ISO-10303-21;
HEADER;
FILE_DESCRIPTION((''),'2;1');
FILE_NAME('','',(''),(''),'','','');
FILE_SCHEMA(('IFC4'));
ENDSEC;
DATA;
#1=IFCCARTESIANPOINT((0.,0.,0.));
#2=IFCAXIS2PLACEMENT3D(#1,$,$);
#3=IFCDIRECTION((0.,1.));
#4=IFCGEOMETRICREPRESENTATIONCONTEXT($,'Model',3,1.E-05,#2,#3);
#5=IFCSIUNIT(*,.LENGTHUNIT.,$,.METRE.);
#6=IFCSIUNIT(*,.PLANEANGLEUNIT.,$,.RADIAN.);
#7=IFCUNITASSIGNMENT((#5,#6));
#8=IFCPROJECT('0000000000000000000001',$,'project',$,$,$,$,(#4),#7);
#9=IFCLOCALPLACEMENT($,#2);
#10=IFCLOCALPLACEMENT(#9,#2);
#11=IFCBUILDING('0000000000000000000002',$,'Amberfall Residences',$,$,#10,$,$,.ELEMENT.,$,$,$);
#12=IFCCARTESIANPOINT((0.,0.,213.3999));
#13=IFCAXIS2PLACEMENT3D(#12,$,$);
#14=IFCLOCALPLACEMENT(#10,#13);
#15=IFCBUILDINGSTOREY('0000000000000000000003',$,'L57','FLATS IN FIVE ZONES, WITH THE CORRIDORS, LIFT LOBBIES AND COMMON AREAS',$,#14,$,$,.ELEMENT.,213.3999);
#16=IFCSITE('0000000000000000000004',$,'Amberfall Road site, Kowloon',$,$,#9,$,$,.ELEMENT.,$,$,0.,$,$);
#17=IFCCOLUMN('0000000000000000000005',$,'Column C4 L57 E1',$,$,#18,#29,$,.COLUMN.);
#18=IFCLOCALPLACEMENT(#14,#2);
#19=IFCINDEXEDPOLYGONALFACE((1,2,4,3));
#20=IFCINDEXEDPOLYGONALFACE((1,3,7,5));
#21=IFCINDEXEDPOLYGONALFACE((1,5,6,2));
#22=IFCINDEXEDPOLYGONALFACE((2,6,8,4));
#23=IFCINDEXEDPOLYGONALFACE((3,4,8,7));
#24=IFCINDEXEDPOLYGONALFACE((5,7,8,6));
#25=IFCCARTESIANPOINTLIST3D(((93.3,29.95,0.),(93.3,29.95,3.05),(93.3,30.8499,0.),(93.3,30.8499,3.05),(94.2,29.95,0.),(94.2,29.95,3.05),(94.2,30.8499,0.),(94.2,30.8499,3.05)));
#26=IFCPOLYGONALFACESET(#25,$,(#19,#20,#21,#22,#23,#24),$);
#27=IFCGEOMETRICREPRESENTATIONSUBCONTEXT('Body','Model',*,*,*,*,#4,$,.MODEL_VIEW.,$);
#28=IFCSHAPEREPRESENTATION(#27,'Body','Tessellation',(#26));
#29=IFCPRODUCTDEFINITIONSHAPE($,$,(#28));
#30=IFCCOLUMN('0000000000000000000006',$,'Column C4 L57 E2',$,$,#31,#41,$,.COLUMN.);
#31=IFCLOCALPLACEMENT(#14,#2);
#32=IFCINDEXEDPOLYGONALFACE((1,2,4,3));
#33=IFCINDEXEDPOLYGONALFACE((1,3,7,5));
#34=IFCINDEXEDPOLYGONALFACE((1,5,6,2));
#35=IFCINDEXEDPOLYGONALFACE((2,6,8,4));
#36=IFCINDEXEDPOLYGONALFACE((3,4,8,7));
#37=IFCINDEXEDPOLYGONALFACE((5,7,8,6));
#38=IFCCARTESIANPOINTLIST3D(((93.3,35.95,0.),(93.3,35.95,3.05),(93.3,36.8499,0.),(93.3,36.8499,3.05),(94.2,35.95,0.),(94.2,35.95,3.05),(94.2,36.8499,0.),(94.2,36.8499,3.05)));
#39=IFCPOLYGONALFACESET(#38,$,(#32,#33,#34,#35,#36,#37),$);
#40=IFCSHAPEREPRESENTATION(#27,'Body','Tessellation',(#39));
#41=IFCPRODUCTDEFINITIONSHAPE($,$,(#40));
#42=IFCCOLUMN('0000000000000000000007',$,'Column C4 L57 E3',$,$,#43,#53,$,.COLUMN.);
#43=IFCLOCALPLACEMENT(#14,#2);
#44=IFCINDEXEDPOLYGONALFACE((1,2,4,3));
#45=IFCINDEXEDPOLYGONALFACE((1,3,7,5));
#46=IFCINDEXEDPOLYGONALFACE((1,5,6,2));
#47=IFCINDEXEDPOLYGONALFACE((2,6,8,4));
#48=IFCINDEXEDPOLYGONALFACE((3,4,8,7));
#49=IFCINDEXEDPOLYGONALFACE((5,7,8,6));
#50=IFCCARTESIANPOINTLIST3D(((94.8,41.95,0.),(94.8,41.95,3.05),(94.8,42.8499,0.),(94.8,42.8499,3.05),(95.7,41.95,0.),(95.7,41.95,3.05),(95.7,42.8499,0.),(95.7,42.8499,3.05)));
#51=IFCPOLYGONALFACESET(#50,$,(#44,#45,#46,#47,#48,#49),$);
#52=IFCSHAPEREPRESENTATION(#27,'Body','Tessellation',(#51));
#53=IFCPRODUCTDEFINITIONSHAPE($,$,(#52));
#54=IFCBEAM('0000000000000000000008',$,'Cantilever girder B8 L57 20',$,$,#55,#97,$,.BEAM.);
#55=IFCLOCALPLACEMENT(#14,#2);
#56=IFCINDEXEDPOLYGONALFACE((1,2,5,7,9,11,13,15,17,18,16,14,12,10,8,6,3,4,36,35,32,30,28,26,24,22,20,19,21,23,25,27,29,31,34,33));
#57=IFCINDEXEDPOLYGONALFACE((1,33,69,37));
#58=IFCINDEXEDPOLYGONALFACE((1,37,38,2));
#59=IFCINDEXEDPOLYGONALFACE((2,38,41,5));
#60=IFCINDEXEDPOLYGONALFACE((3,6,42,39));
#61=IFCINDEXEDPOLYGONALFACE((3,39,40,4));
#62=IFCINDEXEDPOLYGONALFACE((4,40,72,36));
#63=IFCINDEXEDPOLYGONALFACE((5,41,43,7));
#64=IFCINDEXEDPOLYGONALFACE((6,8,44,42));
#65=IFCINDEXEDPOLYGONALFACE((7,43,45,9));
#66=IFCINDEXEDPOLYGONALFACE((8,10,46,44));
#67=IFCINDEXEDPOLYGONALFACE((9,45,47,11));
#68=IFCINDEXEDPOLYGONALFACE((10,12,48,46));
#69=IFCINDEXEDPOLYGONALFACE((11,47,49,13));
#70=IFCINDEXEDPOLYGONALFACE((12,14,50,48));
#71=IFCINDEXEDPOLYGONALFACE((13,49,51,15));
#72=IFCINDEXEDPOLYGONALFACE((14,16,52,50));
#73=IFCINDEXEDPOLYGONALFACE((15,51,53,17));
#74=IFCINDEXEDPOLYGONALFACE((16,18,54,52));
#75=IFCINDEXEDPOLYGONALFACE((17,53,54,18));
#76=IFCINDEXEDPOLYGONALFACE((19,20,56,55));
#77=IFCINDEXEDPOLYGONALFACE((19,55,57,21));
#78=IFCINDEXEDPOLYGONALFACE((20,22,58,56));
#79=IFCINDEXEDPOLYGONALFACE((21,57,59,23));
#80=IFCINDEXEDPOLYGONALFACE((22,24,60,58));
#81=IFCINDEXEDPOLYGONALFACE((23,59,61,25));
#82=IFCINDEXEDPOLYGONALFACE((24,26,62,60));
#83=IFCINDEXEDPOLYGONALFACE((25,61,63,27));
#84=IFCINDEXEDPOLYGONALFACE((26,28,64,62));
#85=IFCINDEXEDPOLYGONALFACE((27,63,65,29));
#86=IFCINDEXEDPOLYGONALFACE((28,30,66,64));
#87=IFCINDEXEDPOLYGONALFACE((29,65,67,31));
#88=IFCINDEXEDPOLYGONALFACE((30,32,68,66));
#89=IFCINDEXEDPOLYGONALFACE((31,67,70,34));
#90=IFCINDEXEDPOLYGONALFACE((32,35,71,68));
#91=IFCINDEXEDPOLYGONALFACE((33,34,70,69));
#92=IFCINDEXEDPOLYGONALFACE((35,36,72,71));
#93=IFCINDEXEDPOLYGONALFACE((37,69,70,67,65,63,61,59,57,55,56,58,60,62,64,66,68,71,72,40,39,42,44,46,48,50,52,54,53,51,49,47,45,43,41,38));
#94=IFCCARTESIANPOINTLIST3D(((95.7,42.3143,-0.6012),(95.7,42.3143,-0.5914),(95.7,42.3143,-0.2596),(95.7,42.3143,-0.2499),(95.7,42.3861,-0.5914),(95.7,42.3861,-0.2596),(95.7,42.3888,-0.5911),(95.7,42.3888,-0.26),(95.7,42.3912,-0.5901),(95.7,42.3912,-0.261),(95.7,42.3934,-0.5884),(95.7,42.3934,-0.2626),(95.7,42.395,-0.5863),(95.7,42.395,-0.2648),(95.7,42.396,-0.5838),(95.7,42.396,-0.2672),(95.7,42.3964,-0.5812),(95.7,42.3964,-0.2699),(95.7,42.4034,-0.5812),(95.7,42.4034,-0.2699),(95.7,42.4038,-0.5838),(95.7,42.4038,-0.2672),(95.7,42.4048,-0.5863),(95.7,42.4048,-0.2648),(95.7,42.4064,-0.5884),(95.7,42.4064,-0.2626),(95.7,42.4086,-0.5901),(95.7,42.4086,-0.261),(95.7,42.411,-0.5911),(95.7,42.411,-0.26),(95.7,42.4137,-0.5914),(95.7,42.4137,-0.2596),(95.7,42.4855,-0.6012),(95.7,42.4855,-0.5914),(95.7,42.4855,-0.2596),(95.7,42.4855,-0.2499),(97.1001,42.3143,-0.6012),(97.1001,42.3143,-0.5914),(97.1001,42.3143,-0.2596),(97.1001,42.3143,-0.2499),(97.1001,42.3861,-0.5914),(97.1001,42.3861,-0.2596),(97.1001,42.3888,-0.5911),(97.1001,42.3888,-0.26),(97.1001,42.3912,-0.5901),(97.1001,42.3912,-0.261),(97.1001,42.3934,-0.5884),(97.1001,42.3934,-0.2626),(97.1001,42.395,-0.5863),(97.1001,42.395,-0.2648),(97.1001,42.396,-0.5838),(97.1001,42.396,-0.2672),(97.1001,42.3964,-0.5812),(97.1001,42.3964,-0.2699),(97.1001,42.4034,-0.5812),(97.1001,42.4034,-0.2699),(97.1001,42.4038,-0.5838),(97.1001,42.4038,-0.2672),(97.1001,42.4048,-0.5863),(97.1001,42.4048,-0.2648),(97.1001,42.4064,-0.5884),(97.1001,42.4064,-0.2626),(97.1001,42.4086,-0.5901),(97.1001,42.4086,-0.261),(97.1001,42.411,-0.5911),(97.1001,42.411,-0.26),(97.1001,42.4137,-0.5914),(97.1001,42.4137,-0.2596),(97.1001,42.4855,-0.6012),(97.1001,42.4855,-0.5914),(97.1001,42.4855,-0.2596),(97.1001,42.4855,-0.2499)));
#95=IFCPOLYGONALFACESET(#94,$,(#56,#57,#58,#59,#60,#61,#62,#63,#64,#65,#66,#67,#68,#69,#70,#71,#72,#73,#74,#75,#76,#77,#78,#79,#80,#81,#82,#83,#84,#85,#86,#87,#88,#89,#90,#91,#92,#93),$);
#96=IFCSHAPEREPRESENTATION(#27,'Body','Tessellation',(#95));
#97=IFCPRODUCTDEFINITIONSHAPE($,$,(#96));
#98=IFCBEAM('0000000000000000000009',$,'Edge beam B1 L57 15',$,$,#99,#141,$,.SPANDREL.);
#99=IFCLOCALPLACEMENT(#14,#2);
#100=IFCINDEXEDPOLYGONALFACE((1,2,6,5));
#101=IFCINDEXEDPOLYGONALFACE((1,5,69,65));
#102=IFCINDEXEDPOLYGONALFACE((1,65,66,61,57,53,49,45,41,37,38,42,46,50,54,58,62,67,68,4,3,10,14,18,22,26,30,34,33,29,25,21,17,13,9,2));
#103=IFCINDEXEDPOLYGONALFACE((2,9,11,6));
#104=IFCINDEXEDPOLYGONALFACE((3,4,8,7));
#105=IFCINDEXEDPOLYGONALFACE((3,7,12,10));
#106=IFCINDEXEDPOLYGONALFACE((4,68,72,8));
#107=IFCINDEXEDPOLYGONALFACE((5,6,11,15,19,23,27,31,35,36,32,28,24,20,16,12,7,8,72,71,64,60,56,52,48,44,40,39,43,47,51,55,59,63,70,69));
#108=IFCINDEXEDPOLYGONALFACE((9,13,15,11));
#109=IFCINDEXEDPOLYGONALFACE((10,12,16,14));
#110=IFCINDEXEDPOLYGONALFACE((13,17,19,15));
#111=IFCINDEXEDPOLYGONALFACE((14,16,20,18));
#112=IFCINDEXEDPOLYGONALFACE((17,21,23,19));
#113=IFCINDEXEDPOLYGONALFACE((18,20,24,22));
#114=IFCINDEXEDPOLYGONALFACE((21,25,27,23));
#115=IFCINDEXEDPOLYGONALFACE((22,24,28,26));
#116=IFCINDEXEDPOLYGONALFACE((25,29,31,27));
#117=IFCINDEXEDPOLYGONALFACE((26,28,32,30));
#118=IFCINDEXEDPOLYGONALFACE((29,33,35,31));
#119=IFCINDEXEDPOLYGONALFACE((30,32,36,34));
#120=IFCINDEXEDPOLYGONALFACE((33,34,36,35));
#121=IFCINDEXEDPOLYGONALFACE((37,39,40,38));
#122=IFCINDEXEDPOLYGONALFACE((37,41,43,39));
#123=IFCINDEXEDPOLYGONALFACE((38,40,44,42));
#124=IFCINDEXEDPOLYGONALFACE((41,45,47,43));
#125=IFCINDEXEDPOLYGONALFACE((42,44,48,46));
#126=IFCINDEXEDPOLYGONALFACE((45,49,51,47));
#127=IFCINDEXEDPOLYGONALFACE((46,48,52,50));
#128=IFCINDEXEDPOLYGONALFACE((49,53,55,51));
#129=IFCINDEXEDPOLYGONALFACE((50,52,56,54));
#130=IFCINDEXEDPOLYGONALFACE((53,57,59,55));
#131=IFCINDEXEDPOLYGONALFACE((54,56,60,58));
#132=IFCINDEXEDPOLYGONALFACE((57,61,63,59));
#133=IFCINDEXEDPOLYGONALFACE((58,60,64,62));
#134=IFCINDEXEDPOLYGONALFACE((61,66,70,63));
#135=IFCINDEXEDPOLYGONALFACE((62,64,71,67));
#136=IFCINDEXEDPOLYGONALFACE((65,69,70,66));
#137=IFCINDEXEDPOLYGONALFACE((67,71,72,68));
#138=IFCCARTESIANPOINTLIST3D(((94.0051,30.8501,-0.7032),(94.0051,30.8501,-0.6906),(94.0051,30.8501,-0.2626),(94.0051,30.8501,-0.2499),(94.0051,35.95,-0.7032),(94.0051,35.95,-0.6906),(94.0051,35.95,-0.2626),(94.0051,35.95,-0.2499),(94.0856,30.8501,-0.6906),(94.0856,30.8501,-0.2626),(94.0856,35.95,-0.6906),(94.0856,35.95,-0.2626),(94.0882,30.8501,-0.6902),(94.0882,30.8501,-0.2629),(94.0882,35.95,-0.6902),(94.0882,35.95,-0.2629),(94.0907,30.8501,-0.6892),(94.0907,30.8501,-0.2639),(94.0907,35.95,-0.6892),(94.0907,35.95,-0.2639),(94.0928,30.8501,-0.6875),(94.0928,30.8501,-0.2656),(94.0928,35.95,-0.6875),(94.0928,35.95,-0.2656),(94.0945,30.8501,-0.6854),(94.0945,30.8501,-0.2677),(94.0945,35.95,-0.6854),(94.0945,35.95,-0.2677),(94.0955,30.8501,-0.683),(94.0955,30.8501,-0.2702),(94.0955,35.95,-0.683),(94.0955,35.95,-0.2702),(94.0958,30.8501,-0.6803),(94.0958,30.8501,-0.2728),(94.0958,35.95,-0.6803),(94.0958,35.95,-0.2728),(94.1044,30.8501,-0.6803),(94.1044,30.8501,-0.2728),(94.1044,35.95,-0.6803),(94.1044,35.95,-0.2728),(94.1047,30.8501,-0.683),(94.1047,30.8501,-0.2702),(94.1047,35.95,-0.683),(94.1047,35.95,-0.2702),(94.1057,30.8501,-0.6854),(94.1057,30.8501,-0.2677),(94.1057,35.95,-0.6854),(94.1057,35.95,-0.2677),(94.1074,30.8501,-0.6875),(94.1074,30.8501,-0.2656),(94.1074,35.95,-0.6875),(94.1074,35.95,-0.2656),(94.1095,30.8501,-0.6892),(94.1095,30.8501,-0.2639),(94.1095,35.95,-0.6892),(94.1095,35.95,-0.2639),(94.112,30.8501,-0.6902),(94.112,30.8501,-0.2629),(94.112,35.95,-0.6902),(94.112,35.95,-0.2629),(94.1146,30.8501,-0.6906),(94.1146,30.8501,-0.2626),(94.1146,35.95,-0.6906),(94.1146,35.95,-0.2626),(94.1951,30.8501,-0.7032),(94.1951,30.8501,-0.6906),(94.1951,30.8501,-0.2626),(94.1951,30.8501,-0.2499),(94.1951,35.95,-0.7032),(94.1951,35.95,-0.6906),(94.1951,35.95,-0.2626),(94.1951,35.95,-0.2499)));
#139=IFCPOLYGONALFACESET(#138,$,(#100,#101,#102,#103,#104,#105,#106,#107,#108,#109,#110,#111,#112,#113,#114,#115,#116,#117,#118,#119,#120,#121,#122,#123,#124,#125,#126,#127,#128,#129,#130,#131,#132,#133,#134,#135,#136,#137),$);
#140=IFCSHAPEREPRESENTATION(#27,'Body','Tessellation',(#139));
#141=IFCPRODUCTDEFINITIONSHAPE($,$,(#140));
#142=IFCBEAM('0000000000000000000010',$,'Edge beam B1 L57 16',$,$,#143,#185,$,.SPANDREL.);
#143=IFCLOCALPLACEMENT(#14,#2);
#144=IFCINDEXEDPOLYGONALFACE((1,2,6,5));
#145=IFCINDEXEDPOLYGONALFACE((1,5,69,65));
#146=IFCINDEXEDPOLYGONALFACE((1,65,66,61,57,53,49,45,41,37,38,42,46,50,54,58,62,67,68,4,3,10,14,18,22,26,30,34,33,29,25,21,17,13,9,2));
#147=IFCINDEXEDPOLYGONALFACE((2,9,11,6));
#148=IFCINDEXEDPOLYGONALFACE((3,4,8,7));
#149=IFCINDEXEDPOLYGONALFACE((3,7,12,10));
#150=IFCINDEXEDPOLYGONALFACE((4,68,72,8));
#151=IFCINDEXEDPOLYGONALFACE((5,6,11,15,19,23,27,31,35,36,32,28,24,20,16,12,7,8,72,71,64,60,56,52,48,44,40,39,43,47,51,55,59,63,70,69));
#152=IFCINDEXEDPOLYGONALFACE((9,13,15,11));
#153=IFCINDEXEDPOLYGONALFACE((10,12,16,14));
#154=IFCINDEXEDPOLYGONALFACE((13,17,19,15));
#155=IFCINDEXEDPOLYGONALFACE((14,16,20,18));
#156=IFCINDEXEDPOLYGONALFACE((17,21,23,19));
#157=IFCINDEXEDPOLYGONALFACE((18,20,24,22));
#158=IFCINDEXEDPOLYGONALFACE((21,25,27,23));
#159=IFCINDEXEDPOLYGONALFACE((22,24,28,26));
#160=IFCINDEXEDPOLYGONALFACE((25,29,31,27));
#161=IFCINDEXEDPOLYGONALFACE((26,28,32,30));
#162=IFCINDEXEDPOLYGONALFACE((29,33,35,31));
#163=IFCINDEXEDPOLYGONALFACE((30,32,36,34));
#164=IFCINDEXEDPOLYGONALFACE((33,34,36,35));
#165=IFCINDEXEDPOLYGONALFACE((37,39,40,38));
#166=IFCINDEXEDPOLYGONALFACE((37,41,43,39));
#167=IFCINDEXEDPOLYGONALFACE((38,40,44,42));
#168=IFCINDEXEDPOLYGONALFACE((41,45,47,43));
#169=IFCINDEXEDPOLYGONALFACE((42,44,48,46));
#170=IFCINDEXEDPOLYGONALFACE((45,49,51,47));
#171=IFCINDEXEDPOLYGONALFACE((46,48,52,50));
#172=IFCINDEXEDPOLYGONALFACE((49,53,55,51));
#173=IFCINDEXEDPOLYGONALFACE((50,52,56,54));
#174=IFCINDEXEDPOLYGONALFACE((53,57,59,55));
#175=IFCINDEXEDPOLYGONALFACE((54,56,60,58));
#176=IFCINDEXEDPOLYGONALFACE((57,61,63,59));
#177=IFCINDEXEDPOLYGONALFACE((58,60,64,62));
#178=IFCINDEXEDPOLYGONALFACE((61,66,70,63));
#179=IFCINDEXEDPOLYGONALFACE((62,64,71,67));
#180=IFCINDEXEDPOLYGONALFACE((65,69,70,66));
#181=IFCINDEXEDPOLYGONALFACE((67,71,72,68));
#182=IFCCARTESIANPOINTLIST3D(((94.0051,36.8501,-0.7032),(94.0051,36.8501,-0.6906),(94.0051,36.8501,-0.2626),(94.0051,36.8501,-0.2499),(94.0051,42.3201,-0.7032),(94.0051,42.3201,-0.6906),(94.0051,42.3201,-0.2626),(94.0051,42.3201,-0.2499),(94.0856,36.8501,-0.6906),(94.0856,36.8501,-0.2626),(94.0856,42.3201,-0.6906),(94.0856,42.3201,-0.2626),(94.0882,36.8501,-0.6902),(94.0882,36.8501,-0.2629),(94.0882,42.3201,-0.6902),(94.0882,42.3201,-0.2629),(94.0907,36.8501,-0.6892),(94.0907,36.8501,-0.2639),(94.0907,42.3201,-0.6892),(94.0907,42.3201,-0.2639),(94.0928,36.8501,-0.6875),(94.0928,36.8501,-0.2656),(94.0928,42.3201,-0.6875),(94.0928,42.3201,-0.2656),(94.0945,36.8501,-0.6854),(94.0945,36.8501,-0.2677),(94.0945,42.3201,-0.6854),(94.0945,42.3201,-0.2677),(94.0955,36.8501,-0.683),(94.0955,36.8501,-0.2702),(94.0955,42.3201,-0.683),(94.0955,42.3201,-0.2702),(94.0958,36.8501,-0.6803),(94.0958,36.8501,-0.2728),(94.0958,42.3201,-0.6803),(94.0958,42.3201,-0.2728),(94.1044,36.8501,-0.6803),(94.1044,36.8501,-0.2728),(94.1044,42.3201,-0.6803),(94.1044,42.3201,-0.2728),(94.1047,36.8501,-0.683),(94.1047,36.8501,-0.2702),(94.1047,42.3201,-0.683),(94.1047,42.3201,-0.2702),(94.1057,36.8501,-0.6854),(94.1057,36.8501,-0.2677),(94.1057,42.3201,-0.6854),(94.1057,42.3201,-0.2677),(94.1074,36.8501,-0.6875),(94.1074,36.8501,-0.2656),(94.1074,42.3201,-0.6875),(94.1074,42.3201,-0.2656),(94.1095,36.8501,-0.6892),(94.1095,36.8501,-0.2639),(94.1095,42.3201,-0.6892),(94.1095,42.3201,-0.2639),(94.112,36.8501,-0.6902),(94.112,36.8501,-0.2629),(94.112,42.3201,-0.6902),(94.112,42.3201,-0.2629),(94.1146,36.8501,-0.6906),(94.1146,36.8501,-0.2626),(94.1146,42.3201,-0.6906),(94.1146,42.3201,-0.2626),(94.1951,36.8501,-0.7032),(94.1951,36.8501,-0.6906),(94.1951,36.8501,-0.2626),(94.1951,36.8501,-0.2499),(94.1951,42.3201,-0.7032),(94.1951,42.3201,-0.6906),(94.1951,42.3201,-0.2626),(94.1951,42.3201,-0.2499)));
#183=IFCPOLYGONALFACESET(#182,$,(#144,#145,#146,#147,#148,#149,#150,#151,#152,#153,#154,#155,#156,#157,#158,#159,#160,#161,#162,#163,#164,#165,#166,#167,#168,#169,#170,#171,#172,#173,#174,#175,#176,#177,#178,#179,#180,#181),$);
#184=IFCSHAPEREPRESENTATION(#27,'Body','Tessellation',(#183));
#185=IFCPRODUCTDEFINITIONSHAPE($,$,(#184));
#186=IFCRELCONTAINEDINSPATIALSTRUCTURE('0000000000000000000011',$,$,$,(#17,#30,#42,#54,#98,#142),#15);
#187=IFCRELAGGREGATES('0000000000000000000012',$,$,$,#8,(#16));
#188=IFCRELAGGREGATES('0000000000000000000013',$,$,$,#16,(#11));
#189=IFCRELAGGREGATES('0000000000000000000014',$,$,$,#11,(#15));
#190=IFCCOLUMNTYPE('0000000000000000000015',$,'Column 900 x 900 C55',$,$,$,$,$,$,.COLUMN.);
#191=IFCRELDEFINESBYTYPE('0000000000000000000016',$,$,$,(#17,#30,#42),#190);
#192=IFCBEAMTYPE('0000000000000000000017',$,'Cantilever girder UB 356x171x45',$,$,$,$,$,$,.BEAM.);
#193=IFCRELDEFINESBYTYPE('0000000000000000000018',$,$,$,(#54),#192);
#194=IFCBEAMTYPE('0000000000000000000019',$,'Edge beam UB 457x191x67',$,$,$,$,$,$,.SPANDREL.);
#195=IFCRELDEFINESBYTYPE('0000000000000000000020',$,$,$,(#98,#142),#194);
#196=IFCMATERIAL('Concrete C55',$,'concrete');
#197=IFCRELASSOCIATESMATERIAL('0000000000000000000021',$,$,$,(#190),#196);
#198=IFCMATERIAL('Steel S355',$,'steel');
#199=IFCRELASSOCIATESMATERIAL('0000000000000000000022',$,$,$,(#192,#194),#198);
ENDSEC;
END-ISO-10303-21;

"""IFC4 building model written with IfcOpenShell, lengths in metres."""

from ifc_helpers import new_model, si_unit, direction, frame, origin, origin_2d, place, context, subcontext, project, spatial, rectangle, i_section, extrude, material, material_profile, profile_set, type_object, element, save


model = new_model("IFC4")

# Units and contexts
model_context = context("Model", 3, precision=1e-05, world=origin(), true_north=direction((0.0, 1.0)))
body_context = subcontext(model_context, "Body", "Model", "MODEL_VIEW")
ifc_project = project(units=[si_unit("LENGTHUNIT", "METRE"), si_unit("PLANEANGLEUNIT", "RADIAN")], contexts=[model_context])

# Site, building, storey
site_placement = place(None, origin())
site = spatial("IfcSite", under=ifc_project, at=site_placement, Name="Amberfall Road site, Kowloon", CompositionType="ELEMENT", RefElevation=0.0)
building_placement = place(site_placement, origin())
building = spatial("IfcBuilding", under=site, at=building_placement, Name="Amberfall Residences", CompositionType="ELEMENT")
storey_placement = place(building_placement, frame((0.0, 0.0, 213.3999)))
storey = spatial("IfcBuildingStorey", under=building, at=storey_placement, Name="L57", Description="FLATS IN FIVE ZONES, WITH THE CORRIDORS, LIFT LOBBIES AND COMMON AREAS", CompositionType="ELEMENT", Elevation=213.3999)

# Columns
ifc_material_1 = material(Name="Concrete C55", Category="concrete")
ifc_material_profile_1 = material_profile(ifc_material_1, rectangle(XDim=0.8999, YDim=0.8999, at=origin_2d()), Name="Column 900 x 900 C55")
ifc_profile_set_1 = profile_set([ifc_material_profile_1], Name="Concrete C55")
column_type = type_object("IfcColumnType", Name="Column 900 x 900 C55", PredefinedType="COLUMN", material=ifc_profile_set_1)
for number, where, z_axis, x_axis, name in (
    (1, (93.75, 30.3999, 0.0), (0.0, 0.0, 1.0), (1.0, 0.0, 0.0), "Column C4 L57 E1"),
    (2, (93.75, 36.3999, 0.0), (0.0, 0.0, 1.0), (1.0, 0.0, 0.0), "Column C4 L57 E2"),
    (3, (95.25, 42.3999, 0.0), (0.0, 0.0, 1.0), (1.0, 0.0, 0.0), "Column C4 L57 E3"),
):
    element("IfcColumn", number, at=place(storey_placement, frame(where, z_axis=z_axis, x_axis=x_axis)), inside=storey, type_object=column_type, Name=name, PredefinedType="COLUMN", context=body_context, shape_type="SweptSolid", body=[
        extrude(rectangle(XDim=0.8999, YDim=0.8999, at=origin_2d()), origin(), (0.0, 0.0, 1.0), 3.05),
    ])

# Beams
ifc_material_2 = material(Name="Steel S355", Category="steel")
ifc_material_profile_2 = material_profile(ifc_material_2, i_section(OverallWidth=0.1711, OverallDepth=0.3513, WebThickness=0.0071, FlangeThickness=0.0098, FilletRadius=0.0103, at=origin_2d()), Name="UB 356x171x45")
ifc_profile_set_2 = profile_set([ifc_material_profile_2], Name="Steel S355")
beam_type_1 = type_object("IfcBeamType", Name="Cantilever girder UB 356x171x45", PredefinedType="BEAM", material=ifc_profile_set_2)
beam_1_placement = place(storey_placement, frame((95.7, 42.3999, -0.4255), z_axis=(1.0, 0.0, 0.0), x_axis=(0.0, 1.0, 0.0)))
element("IfcBeam", 4, at=beam_1_placement, inside=storey, type_object=beam_type_1, Name="Cantilever girder B8 L57 20", PredefinedType="BEAM", context=body_context, shape_type="SweptSolid", body=[
    extrude(i_section(OverallWidth=0.1711, OverallDepth=0.3513, WebThickness=0.0071, FlangeThickness=0.0098, FilletRadius=0.0103, at=origin_2d()), origin(), (0.0, 0.0, 1.0), 1.4001),
])
ifc_material_profile_3 = material_profile(ifc_material_2, i_section(OverallWidth=0.1899, OverallDepth=0.4534, WebThickness=0.0085, FlangeThickness=0.0127, FilletRadius=0.0103, at=origin_2d()), Name="UB 457x191x67")
ifc_profile_set_3 = profile_set([ifc_material_profile_3], Name="Steel S355")
beam_type_2 = type_object("IfcBeamType", Name="Edge beam UB 457x191x67", PredefinedType="SPANDREL", material=ifc_profile_set_3)
beam_2_placement = place(storey_placement, frame((94.1001, 30.8501, -0.4766), z_axis=(0.0, 1.0, 0.0), x_axis=(-1.0, 0.0, 0.0)))
element("IfcBeam", 5, at=beam_2_placement, inside=storey, type_object=beam_type_2, Name="Edge beam B1 L57 15", PredefinedType="SPANDREL", context=body_context, shape_type="SweptSolid", body=[
    extrude(i_section(OverallWidth=0.1899, OverallDepth=0.4534, WebThickness=0.0085, FlangeThickness=0.0127, FilletRadius=0.0103, at=origin_2d()), origin(), (0.0, 0.0, 1.0), 5.0999),
])
for number, where, z_axis, x_axis, name in (
    (6, (94.1001, 36.8501, -0.4766), (0.0, 1.0, 0.0), (-1.0, 0.0, 0.0), "Edge beam B1 L57 16"),
):
    element("IfcBeam", number, at=place(storey_placement, frame(where, z_axis=z_axis, x_axis=x_axis)), inside=storey, type_object=beam_type_2, Name=name, PredefinedType="SPANDREL", context=body_context, shape_type="SweptSolid", body=[
        extrude(i_section(OverallWidth=0.1899, OverallDepth=0.4534, WebThickness=0.0085, FlangeThickness=0.0127, FilletRadius=0.0103, at=origin_2d()), origin(), (0.0, 0.0, 1.0), 5.47),
    ])

save(model, "model.ifc")
